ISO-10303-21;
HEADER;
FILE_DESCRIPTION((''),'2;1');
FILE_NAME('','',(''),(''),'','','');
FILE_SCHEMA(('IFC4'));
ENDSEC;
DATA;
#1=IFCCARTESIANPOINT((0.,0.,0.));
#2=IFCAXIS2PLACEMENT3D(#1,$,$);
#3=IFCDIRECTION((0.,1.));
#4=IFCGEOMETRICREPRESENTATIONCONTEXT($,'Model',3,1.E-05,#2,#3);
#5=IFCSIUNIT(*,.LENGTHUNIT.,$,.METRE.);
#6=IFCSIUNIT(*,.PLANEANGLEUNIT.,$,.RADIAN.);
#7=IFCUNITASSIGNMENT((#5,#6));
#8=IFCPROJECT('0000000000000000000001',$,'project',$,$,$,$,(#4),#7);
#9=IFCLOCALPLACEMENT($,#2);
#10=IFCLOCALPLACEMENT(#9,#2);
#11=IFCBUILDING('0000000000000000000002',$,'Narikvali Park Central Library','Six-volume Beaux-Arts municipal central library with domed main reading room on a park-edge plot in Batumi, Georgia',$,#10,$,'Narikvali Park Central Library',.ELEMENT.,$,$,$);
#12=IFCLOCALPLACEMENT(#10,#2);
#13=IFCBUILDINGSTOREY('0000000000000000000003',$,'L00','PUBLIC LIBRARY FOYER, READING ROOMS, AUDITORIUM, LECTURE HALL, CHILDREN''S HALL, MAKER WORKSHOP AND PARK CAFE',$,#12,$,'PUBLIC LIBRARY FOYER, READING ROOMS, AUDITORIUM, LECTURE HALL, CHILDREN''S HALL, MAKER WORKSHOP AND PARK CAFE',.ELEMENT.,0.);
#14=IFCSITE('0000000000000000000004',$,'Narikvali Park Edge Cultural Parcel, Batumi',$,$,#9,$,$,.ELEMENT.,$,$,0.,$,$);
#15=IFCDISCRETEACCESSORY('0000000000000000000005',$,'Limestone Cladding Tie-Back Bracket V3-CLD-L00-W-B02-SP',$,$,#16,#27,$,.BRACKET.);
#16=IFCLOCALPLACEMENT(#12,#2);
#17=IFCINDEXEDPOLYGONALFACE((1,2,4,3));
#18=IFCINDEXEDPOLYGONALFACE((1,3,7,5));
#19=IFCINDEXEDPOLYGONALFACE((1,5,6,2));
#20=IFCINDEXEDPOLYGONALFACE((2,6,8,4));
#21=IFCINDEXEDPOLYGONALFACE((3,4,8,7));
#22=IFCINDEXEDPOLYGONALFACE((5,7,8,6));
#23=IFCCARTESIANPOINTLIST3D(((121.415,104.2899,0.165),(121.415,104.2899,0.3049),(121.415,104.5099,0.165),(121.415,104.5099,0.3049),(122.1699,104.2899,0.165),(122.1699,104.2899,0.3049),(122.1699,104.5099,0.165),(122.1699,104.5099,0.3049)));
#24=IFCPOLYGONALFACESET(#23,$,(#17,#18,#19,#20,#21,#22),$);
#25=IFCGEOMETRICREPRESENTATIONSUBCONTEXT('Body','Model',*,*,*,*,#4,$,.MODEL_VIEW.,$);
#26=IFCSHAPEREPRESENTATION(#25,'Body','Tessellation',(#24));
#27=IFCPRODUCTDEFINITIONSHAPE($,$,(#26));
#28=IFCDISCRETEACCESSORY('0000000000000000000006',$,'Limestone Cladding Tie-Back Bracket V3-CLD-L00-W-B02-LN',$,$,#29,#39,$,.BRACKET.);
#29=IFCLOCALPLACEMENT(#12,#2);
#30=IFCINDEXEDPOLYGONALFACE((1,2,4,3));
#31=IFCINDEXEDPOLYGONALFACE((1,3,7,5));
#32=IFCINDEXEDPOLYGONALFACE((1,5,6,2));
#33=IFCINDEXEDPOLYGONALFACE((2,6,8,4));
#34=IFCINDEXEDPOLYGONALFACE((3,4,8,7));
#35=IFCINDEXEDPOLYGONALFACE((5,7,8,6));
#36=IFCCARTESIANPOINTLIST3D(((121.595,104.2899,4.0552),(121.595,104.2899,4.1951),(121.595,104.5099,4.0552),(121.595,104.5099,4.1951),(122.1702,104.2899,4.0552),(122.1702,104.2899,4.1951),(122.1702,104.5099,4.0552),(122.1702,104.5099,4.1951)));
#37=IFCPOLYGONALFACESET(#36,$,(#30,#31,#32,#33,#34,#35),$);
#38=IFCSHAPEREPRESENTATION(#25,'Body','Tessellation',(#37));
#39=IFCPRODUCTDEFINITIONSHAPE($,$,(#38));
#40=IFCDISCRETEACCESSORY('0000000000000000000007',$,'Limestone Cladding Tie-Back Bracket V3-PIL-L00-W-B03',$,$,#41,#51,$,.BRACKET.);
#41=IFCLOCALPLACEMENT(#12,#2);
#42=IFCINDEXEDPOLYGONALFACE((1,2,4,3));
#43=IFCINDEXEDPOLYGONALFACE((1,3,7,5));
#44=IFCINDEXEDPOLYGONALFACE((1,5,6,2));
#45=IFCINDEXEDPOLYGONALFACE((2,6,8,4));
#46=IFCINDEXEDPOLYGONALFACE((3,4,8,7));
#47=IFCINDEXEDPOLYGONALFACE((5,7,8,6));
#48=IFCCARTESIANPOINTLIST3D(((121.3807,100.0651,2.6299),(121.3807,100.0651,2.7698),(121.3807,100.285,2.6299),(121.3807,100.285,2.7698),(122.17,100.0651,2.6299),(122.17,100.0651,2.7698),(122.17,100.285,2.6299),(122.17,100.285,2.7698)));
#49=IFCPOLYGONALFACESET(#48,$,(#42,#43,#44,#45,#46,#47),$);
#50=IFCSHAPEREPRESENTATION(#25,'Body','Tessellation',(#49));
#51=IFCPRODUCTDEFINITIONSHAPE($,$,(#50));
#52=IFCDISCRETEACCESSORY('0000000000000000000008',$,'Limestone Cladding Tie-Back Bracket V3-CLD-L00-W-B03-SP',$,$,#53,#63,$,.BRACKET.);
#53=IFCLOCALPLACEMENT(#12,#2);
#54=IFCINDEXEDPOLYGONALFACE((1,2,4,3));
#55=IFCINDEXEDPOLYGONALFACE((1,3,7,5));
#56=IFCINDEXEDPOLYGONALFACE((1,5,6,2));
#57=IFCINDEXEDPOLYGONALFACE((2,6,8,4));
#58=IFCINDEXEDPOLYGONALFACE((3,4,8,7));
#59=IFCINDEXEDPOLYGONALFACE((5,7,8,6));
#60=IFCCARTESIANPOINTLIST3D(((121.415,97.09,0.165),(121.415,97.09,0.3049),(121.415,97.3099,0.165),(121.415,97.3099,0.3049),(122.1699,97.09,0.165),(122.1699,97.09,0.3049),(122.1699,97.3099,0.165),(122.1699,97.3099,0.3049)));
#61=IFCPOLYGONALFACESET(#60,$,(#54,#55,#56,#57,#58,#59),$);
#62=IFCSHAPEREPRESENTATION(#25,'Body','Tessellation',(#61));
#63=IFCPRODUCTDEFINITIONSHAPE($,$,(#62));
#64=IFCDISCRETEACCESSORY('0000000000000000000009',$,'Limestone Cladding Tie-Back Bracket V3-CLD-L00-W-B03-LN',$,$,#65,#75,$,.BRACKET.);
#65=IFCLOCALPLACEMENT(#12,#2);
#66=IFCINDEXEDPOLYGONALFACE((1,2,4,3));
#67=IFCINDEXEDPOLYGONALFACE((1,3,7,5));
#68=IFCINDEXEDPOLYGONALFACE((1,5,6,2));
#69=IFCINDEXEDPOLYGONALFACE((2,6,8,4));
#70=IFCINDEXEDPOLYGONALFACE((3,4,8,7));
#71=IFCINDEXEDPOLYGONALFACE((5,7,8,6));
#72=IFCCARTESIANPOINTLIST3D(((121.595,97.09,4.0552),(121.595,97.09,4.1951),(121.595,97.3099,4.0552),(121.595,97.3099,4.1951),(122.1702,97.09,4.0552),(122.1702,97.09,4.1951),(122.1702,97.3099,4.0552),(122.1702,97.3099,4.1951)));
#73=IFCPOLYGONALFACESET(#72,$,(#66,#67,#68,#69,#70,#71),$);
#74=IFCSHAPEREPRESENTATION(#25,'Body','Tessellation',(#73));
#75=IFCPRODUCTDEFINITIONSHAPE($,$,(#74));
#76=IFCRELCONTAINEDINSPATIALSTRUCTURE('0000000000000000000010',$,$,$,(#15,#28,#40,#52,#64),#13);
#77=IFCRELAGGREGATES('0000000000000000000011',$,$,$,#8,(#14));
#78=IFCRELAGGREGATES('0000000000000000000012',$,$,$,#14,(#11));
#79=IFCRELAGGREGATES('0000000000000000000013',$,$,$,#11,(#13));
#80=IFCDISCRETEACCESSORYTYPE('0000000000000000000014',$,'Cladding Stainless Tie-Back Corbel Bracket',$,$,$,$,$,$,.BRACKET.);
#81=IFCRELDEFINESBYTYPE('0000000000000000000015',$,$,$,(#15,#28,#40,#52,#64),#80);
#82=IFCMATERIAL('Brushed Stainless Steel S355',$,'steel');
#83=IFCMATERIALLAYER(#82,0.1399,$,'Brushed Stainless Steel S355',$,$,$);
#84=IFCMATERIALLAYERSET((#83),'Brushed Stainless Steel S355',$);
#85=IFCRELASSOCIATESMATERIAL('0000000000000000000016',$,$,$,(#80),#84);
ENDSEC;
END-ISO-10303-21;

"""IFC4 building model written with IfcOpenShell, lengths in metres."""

from ifc_helpers import new_model, si_unit, direction, frame, origin, origin_2d, place, context, subcontext, project, spatial, rectangle, extrude, material, layer, layer_set, type_object, element, save


model = new_model("IFC4")

# Units and contexts
model_context = context("Model", 3, precision=1e-05, world=origin(), true_north=direction((0.0, 1.0)))
body_context = subcontext(model_context, "Body", "Model", "MODEL_VIEW")
ifc_project = project(units=[si_unit("LENGTHUNIT", "METRE"), si_unit("PLANEANGLEUNIT", "RADIAN")], contexts=[model_context])

# Site, building, storey
site_placement = place(None, origin())
site = spatial("IfcSite", under=ifc_project, at=site_placement, Name="Narikvali Park Edge Cultural Parcel, Batumi", CompositionType="ELEMENT", RefElevation=0.0)
building_placement = place(site_placement, origin())
building = spatial("IfcBuilding", under=site, at=building_placement, Name="Narikvali Park Central Library", Description="Six-volume Beaux-Arts municipal central library with domed main reading room on a park-edge plot in Batumi, Georgia", LongName="Narikvali Park Central Library", CompositionType="ELEMENT")
storey_placement = place(building_placement, origin())
storey = spatial("IfcBuildingStorey", under=building, at=storey_placement, Name="L00", Description="PUBLIC LIBRARY FOYER, READING ROOMS, AUDITORIUM, LECTURE HALL, CHILDREN'S HALL, MAKER WORKSHOP AND PARK CAFE", LongName="PUBLIC LIBRARY FOYER, READING ROOMS, AUDITORIUM, LECTURE HALL, CHILDREN'S HALL, MAKER WORKSHOP AND PARK CAFE", CompositionType="ELEMENT", Elevation=0.0)

# Discrete accessories
ifc_material_1 = material(Name="Brushed Stainless Steel S355", Category="steel")
ifc_layer_1 = layer(ifc_material_1, 0.1399, Name="Brushed Stainless Steel S355")
ifc_layer_set_1 = layer_set([ifc_layer_1], Name="Brushed Stainless Steel S355")
discrete_accessory_type = type_object("IfcDiscreteAccessoryType", Name="Cladding Stainless Tie-Back Corbel Bracket", PredefinedType="BRACKET", material=ifc_layer_set_1)
discrete_accessory_1_placement = place(storey_placement, frame((121.7925, 104.3999, 0.165), z_axis=(0.0, 0.0, 1.0), x_axis=(1.0, 0.0, 0.0)))
element("IfcDiscreteAccessory", 1, at=discrete_accessory_1_placement, inside=storey, type_object=discrete_accessory_type, Name="Limestone Cladding Tie-Back Bracket V3-CLD-L00-W-B02-SP", PredefinedType="BRACKET", context=body_context, shape_type="SweptSolid", body=[
    extrude(rectangle(XDim=0.7549, YDim=0.22, at=origin_2d()), origin(), (0.0, 0.0, 1.0), 0.1399),
])
discrete_accessory_2_placement = place(storey_placement, frame((121.8826, 104.3999, 4.0552), z_axis=(0.0, 0.0, 1.0), x_axis=(1.0, 0.0, 0.0)))
element("IfcDiscreteAccessory", 2, at=discrete_accessory_2_placement, inside=storey, type_object=discrete_accessory_type, Name="Limestone Cladding Tie-Back Bracket V3-CLD-L00-W-B02-LN", PredefinedType="BRACKET", context=body_context, shape_type="SweptSolid", body=[
    extrude(rectangle(XDim=0.5752, YDim=0.22, at=origin_2d()), origin(), (0.0, 0.0, 1.0), 0.1399),
])
discrete_accessory_3_placement = place(storey_placement, frame((121.7754, 100.175, 2.6299), z_axis=(0.0, 0.0, 1.0), x_axis=(1.0, 0.0, 0.0)))
element("IfcDiscreteAccessory", 3, at=discrete_accessory_3_placement, inside=storey, type_object=discrete_accessory_type, Name="Limestone Cladding Tie-Back Bracket V3-PIL-L00-W-B03", PredefinedType="BRACKET", context=body_context, shape_type="SweptSolid", body=[
    extrude(rectangle(XDim=0.7893, YDim=0.22, at=origin_2d()), origin(), (0.0, 0.0, 1.0), 0.1399),
])
discrete_accessory_4_placement = place(storey_placement, frame((121.7925, 97.2, 0.165), z_axis=(0.0, 0.0, 1.0), x_axis=(1.0, 0.0, 0.0)))
element("IfcDiscreteAccessory", 4, at=discrete_accessory_4_placement, inside=storey, type_object=discrete_accessory_type, Name="Limestone Cladding Tie-Back Bracket V3-CLD-L00-W-B03-SP", PredefinedType="BRACKET", context=body_context, shape_type="SweptSolid", body=[
    extrude(rectangle(XDim=0.7549, YDim=0.22, at=origin_2d()), origin(), (0.0, 0.0, 1.0), 0.1399),
])
discrete_accessory_5_placement = place(storey_placement, frame((121.8826, 97.2, 4.0552), z_axis=(0.0, 0.0, 1.0), x_axis=(1.0, 0.0, 0.0)))
element("IfcDiscreteAccessory", 5, at=discrete_accessory_5_placement, inside=storey, type_object=discrete_accessory_type, Name="Limestone Cladding Tie-Back Bracket V3-CLD-L00-W-B03-LN", PredefinedType="BRACKET", context=body_context, shape_type="SweptSolid", body=[
    extrude(rectangle(XDim=0.5752, YDim=0.22, at=origin_2d()), origin(), (0.0, 0.0, 1.0), 0.1399),
])

save(model, "model.ifc")
